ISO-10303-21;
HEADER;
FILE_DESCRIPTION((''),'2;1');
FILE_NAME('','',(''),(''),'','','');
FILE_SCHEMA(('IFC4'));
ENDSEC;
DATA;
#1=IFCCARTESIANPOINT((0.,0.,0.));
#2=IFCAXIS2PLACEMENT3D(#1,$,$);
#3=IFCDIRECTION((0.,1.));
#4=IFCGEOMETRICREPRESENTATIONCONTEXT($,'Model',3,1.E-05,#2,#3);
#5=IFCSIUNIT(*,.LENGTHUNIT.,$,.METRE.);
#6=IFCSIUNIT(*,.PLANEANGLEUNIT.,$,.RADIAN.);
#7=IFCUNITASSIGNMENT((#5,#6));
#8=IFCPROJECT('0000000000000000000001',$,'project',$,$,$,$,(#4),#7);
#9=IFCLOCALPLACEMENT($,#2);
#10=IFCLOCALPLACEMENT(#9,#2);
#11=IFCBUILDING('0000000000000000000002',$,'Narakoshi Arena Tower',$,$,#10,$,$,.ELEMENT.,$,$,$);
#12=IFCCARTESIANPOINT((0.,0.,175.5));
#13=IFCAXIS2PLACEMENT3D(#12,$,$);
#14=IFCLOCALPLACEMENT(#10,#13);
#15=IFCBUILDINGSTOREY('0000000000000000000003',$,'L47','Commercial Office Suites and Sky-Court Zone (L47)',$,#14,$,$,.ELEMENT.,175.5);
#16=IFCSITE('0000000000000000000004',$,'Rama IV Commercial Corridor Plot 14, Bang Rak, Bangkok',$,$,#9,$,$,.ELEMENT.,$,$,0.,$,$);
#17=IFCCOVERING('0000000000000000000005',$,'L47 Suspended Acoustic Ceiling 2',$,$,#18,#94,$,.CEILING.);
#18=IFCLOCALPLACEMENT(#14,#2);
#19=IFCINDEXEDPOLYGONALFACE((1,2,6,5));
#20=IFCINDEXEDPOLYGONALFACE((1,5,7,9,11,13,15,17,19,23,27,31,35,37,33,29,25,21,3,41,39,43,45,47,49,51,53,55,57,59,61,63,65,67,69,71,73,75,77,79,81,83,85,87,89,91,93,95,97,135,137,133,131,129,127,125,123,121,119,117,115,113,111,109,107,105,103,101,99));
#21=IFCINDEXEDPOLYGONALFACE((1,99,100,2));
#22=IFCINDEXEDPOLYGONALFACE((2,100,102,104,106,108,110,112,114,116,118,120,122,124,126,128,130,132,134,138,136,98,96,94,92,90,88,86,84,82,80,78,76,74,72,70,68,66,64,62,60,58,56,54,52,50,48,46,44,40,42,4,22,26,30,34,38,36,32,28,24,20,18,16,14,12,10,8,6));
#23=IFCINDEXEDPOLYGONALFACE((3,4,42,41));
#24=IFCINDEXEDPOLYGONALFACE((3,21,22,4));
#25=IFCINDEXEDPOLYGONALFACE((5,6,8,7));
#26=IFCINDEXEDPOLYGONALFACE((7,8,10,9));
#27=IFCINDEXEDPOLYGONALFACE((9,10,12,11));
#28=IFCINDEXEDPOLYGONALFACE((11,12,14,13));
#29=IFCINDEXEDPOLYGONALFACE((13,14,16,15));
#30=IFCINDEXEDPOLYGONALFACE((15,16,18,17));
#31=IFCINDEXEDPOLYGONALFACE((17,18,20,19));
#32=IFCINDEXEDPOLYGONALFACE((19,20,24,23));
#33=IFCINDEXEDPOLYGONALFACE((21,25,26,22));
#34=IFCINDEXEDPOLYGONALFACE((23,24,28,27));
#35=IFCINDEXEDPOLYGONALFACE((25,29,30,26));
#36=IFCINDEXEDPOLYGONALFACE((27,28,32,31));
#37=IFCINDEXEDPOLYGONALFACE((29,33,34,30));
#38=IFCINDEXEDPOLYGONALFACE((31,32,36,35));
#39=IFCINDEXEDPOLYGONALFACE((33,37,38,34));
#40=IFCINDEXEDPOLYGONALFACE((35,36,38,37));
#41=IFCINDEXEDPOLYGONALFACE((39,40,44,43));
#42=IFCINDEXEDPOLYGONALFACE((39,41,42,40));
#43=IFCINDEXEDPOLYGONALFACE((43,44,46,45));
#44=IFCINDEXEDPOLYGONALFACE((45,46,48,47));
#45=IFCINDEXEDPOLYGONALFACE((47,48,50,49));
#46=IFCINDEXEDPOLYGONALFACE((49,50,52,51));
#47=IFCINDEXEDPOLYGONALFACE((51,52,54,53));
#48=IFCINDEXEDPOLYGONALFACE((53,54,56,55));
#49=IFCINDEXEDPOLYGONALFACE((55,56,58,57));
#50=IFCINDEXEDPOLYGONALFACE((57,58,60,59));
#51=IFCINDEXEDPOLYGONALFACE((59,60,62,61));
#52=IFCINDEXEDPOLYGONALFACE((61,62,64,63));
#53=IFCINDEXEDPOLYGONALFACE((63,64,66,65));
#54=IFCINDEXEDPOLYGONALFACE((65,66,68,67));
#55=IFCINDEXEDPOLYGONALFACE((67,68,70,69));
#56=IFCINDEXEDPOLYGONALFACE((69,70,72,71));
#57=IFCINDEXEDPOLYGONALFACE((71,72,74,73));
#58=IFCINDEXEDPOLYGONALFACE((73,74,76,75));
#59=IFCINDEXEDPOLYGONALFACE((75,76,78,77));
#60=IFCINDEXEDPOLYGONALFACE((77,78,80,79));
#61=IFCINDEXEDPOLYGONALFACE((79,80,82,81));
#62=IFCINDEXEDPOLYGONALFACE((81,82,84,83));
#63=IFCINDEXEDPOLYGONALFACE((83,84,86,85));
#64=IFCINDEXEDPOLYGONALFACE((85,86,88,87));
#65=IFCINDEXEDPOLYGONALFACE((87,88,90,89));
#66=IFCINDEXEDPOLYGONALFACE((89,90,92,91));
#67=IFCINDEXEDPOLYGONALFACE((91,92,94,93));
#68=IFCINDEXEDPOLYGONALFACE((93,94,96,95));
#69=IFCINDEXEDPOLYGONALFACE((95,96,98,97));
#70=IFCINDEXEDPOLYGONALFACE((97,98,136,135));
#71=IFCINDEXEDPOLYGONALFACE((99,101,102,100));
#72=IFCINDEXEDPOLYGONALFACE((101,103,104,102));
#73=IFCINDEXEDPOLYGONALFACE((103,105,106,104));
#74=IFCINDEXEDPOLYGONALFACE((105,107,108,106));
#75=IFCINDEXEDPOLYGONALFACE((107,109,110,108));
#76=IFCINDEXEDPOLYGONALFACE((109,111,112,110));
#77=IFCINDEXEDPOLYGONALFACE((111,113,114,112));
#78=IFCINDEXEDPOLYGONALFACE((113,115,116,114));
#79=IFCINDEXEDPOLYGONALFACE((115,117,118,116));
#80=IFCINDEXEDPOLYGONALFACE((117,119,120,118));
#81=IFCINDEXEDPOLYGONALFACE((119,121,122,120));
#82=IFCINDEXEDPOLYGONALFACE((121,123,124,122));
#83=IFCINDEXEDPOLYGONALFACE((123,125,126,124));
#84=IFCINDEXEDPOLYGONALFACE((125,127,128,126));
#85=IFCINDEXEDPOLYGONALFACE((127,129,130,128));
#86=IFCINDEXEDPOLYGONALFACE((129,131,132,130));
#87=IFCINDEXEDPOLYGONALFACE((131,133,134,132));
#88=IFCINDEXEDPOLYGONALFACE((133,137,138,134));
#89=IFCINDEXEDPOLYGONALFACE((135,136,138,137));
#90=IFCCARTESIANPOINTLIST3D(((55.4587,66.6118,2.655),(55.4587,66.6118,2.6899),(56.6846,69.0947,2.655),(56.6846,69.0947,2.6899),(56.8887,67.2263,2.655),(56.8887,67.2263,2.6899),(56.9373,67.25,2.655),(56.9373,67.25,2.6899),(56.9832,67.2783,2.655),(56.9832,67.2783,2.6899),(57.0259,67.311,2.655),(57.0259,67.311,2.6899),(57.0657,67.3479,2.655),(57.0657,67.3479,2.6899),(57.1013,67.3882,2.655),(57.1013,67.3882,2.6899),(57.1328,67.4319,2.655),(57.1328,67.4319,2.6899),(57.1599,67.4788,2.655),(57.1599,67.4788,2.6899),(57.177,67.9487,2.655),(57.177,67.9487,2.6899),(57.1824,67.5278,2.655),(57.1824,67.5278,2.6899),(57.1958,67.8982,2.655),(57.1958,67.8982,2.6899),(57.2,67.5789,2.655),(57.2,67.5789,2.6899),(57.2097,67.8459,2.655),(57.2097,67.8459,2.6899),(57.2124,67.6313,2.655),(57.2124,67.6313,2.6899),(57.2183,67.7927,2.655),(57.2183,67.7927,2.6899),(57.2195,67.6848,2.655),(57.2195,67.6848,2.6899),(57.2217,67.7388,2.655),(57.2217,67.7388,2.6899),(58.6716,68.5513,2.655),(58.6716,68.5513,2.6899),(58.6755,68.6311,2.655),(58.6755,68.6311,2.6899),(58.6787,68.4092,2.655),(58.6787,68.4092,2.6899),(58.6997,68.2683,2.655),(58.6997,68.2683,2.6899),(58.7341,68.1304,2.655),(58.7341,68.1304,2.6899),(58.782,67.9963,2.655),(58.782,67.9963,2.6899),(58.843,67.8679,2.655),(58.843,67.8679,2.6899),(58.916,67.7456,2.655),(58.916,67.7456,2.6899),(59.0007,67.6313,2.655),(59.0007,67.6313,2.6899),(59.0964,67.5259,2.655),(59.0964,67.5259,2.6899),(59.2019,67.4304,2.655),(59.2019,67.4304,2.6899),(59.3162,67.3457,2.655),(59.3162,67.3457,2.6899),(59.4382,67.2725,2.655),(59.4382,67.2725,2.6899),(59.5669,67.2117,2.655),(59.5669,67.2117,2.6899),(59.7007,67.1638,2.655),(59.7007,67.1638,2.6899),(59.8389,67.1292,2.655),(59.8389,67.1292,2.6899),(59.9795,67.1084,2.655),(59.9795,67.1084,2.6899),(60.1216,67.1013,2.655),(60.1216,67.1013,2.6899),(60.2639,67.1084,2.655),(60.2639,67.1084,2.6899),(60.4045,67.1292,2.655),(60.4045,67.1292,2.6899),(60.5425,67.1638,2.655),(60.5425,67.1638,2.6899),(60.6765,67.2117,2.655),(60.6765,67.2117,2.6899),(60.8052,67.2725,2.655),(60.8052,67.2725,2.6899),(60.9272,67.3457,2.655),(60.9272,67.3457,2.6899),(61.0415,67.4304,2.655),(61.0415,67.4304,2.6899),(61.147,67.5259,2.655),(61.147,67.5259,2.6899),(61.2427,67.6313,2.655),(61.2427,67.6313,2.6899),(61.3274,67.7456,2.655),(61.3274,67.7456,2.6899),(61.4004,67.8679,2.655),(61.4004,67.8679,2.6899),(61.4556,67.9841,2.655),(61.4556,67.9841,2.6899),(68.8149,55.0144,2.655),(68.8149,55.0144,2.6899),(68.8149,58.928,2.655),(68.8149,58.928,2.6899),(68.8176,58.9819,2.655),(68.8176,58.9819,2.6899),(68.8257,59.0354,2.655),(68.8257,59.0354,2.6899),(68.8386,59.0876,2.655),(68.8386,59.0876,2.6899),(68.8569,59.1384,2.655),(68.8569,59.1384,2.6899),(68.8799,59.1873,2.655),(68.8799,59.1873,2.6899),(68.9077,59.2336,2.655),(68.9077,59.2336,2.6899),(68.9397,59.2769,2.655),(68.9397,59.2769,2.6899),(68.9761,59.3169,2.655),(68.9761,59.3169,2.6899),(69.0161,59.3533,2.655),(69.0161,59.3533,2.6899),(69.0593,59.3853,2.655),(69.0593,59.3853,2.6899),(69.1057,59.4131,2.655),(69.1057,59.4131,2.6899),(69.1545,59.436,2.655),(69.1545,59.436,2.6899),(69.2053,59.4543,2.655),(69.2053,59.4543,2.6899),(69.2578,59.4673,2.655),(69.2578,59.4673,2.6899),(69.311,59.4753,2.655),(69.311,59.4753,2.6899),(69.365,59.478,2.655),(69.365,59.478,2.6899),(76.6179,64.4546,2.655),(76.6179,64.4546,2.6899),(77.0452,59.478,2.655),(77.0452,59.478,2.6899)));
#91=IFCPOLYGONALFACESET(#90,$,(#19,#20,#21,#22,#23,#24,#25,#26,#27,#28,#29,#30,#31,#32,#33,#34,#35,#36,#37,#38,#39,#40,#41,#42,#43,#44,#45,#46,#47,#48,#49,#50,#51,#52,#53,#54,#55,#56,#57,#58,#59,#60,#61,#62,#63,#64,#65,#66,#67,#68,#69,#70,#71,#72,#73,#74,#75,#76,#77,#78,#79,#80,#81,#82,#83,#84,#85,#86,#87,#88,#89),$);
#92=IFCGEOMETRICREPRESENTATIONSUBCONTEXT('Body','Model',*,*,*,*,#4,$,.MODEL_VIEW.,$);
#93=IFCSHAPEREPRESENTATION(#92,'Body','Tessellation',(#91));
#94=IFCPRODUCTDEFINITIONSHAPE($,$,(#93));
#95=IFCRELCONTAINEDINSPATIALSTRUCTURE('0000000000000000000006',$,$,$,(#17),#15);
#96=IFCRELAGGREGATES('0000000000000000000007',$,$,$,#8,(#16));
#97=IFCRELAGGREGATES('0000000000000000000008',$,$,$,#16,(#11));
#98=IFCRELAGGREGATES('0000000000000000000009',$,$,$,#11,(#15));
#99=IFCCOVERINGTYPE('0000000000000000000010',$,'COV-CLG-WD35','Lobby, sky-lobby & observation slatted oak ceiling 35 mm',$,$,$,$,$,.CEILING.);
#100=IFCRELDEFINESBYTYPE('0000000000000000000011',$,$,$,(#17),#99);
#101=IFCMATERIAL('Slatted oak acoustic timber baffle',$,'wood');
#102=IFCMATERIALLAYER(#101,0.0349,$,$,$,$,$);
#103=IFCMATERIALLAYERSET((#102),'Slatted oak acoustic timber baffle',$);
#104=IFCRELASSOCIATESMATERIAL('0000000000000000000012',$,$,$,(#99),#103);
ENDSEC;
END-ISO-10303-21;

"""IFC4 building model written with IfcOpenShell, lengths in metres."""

from ifc_helpers import new_model, si_unit, direction, frame, origin, place, context, subcontext, project, spatial, polyline, outline, extrude, material, layer, layer_set, type_object, element, save


model = new_model("IFC4")

# Units and contexts
model_context = context("Model", 3, precision=1e-05, world=origin(), true_north=direction((0.0, 1.0)))
body_context = subcontext(model_context, "Body", "Model", "MODEL_VIEW")
ifc_project = project(units=[si_unit("LENGTHUNIT", "METRE"), si_unit("PLANEANGLEUNIT", "RADIAN")], contexts=[model_context])

# Site, building, storey
site_placement = place(None, origin())
site = spatial("IfcSite", under=ifc_project, at=site_placement, Name="Rama IV Commercial Corridor Plot 14, Bang Rak, Bangkok", CompositionType="ELEMENT", RefElevation=0.0)
building_placement = place(site_placement, origin())
building = spatial("IfcBuilding", under=site, at=building_placement, Name="Narakoshi Arena Tower", CompositionType="ELEMENT")
storey_placement = place(building_placement, frame((0.0, 0.0, 175.5)))
storey = spatial("IfcBuildingStorey", under=building, at=storey_placement, Name="L47", Description="Commercial Office Suites and Sky-Court Zone (L47)", CompositionType="ELEMENT", Elevation=175.5)

# Covering
ifc_material_1 = material(Name="Slatted oak acoustic timber baffle", Category="wood")
ifc_layer_1 = layer(ifc_material_1, 0.0349)
ifc_layer_set_1 = layer_set([ifc_layer_1], Name="Slatted oak acoustic timber baffle")
covering_type_1 = type_object("IfcCoveringType", Name="COV-CLG-WD35", Description="Lobby, sky-lobby & observation slatted oak ceiling 35 mm", PredefinedType="CEILING", material=ifc_layer_set_1)
covering_1_placement = place(storey_placement, frame((0.0, 0.0, 2.655)))
element("IfcCovering", 1, at=covering_1_placement, inside=storey, type_object=covering_type_1, Name="L47 Suspended Acoustic Ceiling 2", PredefinedType="CEILING", context=body_context, shape_type="SweptSolid", body=[
    extrude(outline(polyline([(56.8887, 67.2263), (56.9373, 67.25), (56.9832, 67.2783), (57.0259, 67.311), (57.0657, 67.3479), (57.1013, 67.3882), (57.1328, 67.4319), (57.1599, 67.4788), (57.1824, 67.5278), (57.2, 67.5789), (57.2124, 67.6313), (57.2195, 67.6848), (57.2217, 67.7388), (57.2183, 67.7927), (57.2097, 67.8459), (57.1958, 67.8982), (57.177, 67.9487), (56.6846, 69.0947), (58.6755, 68.6311), (58.6716, 68.5513), (58.6787, 68.4092), (58.6997, 68.2683), (58.7341, 68.1304), (58.782, 67.9963), (58.843, 67.8679), (58.916, 67.7456), (59.0007, 67.6313), (59.0964, 67.5259), (59.2019, 67.4304), (59.3162, 67.3457), (59.4382, 67.2725), (59.5669, 67.2117), (59.7007, 67.1638), (59.8389, 67.1292), (59.9795, 67.1084), (60.1216, 67.1013), (60.2639, 67.1084), (60.4045, 67.1292), (60.5425, 67.1638), (60.6765, 67.2117), (60.8052, 67.2725), (60.9272, 67.3457), (61.0415, 67.4304), (61.147, 67.5259), (61.2427, 67.6313), (61.3274, 67.7456), (61.4004, 67.8679), (61.4556, 67.9841), (76.6179, 64.4546), (77.0452, 59.478), (69.365, 59.478), (69.311, 59.4753), (69.2578, 59.4673), (69.2053, 59.4543), (69.1545, 59.436), (69.1057, 59.4131), (69.0593, 59.3853), (69.0161, 59.3533), (68.9761, 59.3169), (68.9397, 59.2769), (68.9077, 59.2336), (68.8799, 59.1873), (68.8569, 59.1384), (68.8386, 59.0876), (68.8257, 59.0354), (68.8176, 58.9819), (68.8149, 58.928), (68.8149, 55.0144), (55.4587, 66.6118), (56.8887, 67.2263)])), origin(), (0.0, 0.0, 1.0), 0.0349),
])

save(model, "model.ifc")
